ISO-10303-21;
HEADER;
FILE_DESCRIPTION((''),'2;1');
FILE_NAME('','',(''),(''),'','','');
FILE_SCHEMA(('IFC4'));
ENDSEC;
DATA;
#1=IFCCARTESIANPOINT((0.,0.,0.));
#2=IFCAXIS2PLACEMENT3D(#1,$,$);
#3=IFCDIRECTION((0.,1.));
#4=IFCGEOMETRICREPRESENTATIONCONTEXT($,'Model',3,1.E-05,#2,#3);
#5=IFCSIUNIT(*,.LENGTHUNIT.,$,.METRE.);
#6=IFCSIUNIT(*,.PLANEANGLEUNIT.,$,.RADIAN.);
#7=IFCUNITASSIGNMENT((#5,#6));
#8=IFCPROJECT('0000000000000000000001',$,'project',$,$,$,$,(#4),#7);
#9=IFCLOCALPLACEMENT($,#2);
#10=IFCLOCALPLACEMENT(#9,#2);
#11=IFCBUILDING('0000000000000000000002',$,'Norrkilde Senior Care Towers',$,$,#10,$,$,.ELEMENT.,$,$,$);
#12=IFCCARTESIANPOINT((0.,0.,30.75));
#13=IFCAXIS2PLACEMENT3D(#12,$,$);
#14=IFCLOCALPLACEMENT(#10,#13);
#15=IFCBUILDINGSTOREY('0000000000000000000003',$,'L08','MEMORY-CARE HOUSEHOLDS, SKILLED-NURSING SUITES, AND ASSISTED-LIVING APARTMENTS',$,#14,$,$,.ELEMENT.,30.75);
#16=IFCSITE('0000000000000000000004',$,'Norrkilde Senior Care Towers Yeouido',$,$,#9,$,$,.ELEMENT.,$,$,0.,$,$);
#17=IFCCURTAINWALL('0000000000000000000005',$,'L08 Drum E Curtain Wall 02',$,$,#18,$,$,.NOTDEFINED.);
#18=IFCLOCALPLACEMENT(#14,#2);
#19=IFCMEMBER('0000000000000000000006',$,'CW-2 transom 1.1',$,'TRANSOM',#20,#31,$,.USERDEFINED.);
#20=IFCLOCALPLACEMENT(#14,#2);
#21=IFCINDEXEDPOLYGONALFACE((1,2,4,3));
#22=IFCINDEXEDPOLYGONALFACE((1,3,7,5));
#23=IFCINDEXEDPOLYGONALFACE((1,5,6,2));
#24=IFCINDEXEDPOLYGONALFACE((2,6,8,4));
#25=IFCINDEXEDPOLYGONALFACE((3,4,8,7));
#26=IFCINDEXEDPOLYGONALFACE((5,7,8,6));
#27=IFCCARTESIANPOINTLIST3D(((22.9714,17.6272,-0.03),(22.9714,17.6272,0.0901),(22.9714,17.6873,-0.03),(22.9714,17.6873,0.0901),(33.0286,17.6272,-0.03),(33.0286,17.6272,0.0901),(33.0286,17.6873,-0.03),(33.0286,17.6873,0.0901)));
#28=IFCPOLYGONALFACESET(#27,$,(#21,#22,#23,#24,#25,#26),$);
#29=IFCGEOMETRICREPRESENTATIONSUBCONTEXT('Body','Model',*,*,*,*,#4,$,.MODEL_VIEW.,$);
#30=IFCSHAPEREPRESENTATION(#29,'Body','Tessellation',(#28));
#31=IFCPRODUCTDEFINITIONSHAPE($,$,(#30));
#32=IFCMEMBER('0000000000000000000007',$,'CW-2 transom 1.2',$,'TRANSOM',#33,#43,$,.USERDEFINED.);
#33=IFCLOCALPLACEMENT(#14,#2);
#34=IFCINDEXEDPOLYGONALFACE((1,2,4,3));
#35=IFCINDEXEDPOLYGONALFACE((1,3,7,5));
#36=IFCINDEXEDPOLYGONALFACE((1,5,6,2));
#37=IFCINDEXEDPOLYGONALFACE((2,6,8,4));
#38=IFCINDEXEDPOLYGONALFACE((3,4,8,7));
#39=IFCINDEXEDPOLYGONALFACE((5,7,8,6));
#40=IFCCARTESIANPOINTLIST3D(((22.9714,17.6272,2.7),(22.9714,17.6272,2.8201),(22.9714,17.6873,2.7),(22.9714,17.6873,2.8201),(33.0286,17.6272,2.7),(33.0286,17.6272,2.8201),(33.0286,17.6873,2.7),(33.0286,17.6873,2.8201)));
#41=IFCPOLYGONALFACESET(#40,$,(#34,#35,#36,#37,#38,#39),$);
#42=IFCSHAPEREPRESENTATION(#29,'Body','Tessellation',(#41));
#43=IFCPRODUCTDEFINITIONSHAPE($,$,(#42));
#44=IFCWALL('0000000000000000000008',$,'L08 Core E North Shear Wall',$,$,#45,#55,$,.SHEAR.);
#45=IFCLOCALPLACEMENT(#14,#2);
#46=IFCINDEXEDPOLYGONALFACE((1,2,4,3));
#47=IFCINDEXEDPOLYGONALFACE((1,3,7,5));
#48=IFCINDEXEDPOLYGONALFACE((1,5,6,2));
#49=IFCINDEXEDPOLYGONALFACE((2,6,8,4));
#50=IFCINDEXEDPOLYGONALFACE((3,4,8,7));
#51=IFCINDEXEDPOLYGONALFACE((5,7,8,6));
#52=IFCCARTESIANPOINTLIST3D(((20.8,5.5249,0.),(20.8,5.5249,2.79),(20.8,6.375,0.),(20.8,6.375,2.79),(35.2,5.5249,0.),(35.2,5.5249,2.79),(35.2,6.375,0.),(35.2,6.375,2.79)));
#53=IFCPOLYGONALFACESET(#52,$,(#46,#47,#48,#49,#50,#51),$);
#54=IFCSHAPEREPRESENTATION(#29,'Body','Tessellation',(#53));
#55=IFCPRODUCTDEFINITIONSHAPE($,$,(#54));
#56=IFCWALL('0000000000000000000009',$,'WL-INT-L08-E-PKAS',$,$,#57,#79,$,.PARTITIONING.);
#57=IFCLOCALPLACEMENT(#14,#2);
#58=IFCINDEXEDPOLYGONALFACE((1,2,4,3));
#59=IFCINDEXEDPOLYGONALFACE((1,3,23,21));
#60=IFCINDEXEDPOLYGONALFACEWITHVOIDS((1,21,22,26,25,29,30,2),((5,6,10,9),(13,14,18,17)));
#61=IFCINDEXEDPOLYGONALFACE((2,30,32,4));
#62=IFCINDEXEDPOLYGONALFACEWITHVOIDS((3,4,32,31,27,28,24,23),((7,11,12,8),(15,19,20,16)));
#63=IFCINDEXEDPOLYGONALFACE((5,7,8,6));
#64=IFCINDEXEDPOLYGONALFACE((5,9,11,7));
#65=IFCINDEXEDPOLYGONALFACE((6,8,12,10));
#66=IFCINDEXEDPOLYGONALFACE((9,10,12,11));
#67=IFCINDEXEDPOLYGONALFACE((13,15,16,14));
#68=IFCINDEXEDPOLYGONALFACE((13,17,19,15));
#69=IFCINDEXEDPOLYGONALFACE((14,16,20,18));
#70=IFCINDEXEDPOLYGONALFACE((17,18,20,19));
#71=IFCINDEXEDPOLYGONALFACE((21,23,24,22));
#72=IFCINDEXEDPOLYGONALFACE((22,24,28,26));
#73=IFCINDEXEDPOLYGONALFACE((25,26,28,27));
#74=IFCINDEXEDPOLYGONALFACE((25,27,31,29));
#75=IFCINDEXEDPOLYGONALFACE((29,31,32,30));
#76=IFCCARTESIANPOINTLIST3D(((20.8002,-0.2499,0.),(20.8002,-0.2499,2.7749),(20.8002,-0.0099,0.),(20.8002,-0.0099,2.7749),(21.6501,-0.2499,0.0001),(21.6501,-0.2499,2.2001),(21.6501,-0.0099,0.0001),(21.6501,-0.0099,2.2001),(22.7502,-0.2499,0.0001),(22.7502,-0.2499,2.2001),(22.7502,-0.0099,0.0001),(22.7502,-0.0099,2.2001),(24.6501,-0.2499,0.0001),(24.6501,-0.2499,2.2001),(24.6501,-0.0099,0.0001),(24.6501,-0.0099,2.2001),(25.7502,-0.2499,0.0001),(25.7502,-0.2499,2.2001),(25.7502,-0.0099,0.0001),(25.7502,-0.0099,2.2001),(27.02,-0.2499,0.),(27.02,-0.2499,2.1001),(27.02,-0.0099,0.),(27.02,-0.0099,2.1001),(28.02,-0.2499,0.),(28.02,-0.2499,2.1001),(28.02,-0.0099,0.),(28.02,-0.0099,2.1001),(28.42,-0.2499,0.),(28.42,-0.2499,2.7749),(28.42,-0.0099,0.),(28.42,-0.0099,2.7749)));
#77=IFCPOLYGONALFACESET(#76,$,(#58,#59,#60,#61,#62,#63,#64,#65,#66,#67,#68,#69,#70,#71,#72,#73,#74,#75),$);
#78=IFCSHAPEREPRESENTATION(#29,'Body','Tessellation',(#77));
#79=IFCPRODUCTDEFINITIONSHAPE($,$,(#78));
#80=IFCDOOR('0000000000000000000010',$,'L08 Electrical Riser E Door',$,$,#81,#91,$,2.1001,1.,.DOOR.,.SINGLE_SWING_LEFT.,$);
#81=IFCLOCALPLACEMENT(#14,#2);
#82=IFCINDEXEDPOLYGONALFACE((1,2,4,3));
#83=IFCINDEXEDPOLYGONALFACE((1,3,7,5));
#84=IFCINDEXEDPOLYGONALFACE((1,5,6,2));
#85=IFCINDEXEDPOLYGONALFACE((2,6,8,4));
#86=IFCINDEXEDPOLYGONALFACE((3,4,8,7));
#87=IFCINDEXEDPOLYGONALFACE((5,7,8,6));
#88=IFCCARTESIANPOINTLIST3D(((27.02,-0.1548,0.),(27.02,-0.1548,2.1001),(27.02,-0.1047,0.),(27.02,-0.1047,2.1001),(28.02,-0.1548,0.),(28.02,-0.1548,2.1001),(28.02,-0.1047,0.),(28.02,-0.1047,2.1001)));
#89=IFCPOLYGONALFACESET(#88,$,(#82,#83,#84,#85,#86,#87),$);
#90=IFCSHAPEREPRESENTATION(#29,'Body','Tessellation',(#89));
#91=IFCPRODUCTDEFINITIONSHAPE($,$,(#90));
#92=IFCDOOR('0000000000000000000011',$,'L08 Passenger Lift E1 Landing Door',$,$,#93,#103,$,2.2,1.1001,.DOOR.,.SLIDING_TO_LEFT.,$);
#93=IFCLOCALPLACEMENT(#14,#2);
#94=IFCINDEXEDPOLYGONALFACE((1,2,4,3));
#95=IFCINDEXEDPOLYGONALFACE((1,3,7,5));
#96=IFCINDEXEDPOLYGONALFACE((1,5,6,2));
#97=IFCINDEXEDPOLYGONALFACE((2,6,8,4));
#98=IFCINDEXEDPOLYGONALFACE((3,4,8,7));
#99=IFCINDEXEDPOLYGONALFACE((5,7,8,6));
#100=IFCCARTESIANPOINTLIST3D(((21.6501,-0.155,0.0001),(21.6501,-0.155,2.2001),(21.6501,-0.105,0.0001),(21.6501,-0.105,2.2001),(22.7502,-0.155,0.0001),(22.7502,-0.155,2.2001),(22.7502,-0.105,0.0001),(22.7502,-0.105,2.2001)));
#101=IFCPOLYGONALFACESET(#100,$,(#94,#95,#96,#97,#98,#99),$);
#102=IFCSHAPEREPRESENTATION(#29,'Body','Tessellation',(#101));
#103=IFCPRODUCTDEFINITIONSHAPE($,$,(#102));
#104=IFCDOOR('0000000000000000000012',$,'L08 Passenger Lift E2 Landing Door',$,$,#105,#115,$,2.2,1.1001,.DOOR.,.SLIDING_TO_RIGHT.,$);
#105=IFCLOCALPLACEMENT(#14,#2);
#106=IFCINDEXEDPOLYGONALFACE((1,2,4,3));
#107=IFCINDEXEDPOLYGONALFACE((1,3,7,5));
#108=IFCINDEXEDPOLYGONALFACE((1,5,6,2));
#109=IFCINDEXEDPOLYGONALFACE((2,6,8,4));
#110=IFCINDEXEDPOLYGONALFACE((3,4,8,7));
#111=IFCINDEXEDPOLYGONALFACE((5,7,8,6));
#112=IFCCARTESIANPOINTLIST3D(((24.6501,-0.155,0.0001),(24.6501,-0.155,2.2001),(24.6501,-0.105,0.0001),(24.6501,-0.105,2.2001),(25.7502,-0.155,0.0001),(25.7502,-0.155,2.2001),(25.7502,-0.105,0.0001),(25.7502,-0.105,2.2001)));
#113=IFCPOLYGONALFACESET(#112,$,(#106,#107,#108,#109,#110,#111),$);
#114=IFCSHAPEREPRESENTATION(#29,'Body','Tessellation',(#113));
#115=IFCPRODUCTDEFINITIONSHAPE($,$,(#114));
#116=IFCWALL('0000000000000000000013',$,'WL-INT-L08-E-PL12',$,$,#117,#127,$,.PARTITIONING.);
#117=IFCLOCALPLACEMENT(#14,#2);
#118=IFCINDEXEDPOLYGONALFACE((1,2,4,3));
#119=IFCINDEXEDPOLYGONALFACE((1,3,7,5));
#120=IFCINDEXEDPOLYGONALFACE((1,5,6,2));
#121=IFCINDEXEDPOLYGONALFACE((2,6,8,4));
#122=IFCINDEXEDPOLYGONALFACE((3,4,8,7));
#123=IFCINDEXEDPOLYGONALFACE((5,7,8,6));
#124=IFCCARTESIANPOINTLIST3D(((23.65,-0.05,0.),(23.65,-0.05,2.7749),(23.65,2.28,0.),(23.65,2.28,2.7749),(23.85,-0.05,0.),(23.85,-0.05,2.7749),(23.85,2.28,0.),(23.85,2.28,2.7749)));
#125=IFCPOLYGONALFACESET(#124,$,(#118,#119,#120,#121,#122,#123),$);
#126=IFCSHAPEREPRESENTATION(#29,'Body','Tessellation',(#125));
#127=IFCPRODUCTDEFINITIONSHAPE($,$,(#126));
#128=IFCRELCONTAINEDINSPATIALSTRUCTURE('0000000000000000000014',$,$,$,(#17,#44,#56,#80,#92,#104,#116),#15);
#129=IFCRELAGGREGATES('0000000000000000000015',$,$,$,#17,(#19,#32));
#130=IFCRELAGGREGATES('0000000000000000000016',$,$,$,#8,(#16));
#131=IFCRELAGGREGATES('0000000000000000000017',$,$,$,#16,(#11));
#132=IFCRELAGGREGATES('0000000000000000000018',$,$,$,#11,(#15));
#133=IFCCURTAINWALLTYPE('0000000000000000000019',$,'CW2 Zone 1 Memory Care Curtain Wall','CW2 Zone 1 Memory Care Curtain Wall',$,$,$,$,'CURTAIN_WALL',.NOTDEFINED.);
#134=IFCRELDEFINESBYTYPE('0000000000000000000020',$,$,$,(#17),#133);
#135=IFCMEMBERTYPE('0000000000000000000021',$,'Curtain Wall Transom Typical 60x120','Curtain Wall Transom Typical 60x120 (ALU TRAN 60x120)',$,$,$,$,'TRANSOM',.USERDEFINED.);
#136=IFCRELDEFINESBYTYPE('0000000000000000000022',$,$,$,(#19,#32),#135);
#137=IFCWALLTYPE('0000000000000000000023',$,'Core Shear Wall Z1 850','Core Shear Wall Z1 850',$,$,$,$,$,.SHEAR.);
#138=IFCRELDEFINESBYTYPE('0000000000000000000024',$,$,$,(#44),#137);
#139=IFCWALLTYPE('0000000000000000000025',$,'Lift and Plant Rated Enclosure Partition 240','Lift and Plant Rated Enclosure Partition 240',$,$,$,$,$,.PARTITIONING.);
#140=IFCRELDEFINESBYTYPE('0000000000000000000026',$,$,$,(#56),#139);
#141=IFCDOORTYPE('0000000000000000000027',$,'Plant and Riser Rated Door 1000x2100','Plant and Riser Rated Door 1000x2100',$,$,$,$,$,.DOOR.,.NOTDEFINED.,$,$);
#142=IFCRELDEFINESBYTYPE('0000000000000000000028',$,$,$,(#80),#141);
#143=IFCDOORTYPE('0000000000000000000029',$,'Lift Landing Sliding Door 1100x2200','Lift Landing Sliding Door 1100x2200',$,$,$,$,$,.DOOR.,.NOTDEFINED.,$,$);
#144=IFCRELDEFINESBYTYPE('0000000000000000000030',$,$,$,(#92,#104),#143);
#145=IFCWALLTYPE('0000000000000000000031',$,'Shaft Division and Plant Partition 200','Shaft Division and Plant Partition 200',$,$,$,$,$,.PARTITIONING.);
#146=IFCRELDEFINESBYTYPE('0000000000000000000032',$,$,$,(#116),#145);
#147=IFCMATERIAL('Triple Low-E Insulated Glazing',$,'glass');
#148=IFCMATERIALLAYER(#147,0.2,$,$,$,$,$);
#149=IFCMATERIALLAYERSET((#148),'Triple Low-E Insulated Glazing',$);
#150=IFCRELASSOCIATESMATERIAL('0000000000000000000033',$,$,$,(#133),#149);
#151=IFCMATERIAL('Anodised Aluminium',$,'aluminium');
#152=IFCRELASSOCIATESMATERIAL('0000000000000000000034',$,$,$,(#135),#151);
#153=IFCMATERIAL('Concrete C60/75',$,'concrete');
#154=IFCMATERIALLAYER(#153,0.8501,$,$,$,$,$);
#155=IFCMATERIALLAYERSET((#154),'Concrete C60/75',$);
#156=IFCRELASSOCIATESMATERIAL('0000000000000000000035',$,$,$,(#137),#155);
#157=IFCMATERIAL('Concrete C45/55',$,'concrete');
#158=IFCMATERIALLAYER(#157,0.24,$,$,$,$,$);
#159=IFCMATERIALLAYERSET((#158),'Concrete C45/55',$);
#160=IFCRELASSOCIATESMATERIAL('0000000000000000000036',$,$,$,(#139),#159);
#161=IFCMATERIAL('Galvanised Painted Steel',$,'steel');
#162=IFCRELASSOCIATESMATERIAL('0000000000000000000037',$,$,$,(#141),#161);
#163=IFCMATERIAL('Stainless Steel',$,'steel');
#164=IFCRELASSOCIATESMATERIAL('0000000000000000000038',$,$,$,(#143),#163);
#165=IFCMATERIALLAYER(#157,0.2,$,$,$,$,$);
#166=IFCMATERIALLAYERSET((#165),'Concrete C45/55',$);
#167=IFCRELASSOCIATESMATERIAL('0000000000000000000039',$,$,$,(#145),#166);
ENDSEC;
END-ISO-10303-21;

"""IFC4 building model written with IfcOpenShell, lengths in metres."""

from ifc_helpers import new_model, si_unit, direction, frame, frame_2d, origin, origin_2d, place, context, subcontext, project, spatial, rectangle, extrude, source, transform, mapped, material, layer, layer_set, material_profile, profile_set, type_object, type_shapes, element, fill, aggregate, save


model = new_model("IFC4")

# Units and contexts
model_context = context("Model", 3, precision=1e-05, world=origin(), true_north=direction((0.0, 1.0)))
body_context = subcontext(model_context, "Body", "Model", "MODEL_VIEW")
ifc_project = project(units=[si_unit("LENGTHUNIT", "METRE"), si_unit("PLANEANGLEUNIT", "RADIAN")], contexts=[model_context])

# Site, building, storey
site_placement = place(None, origin())
site = spatial("IfcSite", under=ifc_project, at=site_placement, Name="Norrkilde Senior Care Towers Yeouido", CompositionType="ELEMENT", RefElevation=0.0)
building_placement = place(site_placement, origin())
building = spatial("IfcBuilding", under=site, at=building_placement, Name="Norrkilde Senior Care Towers", CompositionType="ELEMENT")
storey_placement = place(building_placement, frame((0.0, 0.0, 30.75)))
storey = spatial("IfcBuildingStorey", under=building, at=storey_placement, Name="L08", Description="MEMORY-CARE HOUSEHOLDS, SKILLED-NURSING SUITES, AND ASSISTED-LIVING APARTMENTS", CompositionType="ELEMENT", Elevation=30.75)

# Shared definitions
ifc_material_1 = material(Name="Concrete C60/75", Category="concrete")

# Curtain wall
ifc_material_2 = material(Name="Triple Low-E Insulated Glazing", Category="glass")
ifc_layer_1 = layer(ifc_material_2, 0.2)
ifc_layer_set_1 = layer_set([ifc_layer_1], Name="Triple Low-E Insulated Glazing")
curtain_wall_type = type_object("IfcCurtainWallType", Name="CW2 Zone 1 Memory Care Curtain Wall", Description="CW2 Zone 1 Memory Care Curtain Wall", ElementType="CURTAIN_WALL", PredefinedType="NOTDEFINED", material=ifc_layer_set_1)
curtain_wall_1_placement = place(storey_placement, origin())
curtain_wall_1 = element("IfcCurtainWall", 1, at=curtain_wall_1_placement, inside=storey, type_object=curtain_wall_type, Name="L08 Drum E Curtain Wall 02", PredefinedType="NOTDEFINED")
ifc_material_3 = material(Name="Anodised Aluminium", Category="aluminium")

# Members
ifc_material_profile_1 = material_profile(ifc_material_3, rectangle(XDim=0.0601, YDim=0.1201, at=origin_2d()), Name="ALU TRAN 60x120")
ifc_profile_set_1 = profile_set([ifc_material_profile_1], Name="Anodised Aluminium")
member_type_1 = type_object("IfcMemberType", Name="Curtain Wall Transom Typical 60x120", Description="Curtain Wall Transom Typical 60x120 (ALU TRAN 60x120)", ElementType="TRANSOM", PredefinedType="USERDEFINED", material=ifc_profile_set_1)
shared_shape_1 = source(origin(), body_context, "Body", "SweptSolid", [
    extrude(rectangle(XDim=0.0601, YDim=0.1201, at=origin_2d()), origin(), (0.0, 0.0, 1.0), 10.0571),
])
type_shapes(member_type_1, [shared_shape_1])
member_1_placement = place(storey_placement, frame((22.9714, 17.6572, 0.03), z_axis=(1.0, 0.0, 0.0), x_axis=(0.0, 1.0, 0.0)))
member_1 = element("IfcMember", 2, at=member_1_placement, type_object=member_type_1, Name="CW-2 transom 1.1", ObjectType="TRANSOM", PredefinedType="USERDEFINED", context=body_context, shape_type="MappedRepresentation", body=[
    mapped(shared_shape_1, transform((0.0, 0.0, 0.0), x_axis=(1.0, 0.0, 0.0), y_axis=(0.0, 1.0, 0.0), z_axis=(0.0, 0.0, 1.0), scale=1.0)),
])
member_2_placement = place(storey_placement, frame((22.9714, 17.6572, 2.76), z_axis=(1.0, 0.0, 0.0), x_axis=(0.0, 1.0, 0.0)))
member_2 = element("IfcMember", 3, at=member_2_placement, type_object=member_type_1, Name="CW-2 transom 1.2", ObjectType="TRANSOM", PredefinedType="USERDEFINED", context=body_context, shape_type="MappedRepresentation", body=[
    mapped(shared_shape_1, transform((0.0, 0.0, 0.0), x_axis=(1.0, 0.0, 0.0), y_axis=(0.0, 1.0, 0.0), z_axis=(0.0, 0.0, 1.0), scale=1.0)),
])
aggregate(curtain_wall_1, [member_1, member_2])

# Wall
ifc_layer_2 = layer(ifc_material_1, 0.8501)
ifc_layer_set_2 = layer_set([ifc_layer_2], Name="Concrete C60/75")
wall_type_1 = type_object("IfcWallType", Name="Core Shear Wall Z1 850", Description="Core Shear Wall Z1 850", PredefinedType="SHEAR", material=ifc_layer_set_2)
shared_shape_2 = source(origin(), body_context, "Body", "SweptSolid", [
    extrude(rectangle(XDim=14.3999, YDim=0.8501, at=frame_2d((7.2, 0.0))), origin(), (0.0, 0.0, 1.0), 2.79),
])
type_shapes(wall_type_1, [shared_shape_2])
wall_1_placement = place(storey_placement, frame((20.8, 5.95, 0.0), z_axis=(0.0, 0.0, 1.0), x_axis=(1.0, 0.0, 0.0)))
element("IfcWall", 4, at=wall_1_placement, inside=storey, type_object=wall_type_1, Name="L08 Core E North Shear Wall", PredefinedType="SHEAR", context=body_context, shape_type="MappedRepresentation", body=[
    mapped(shared_shape_2, transform((0.0, 0.0, 0.0), x_axis=(1.0, 0.0, 0.0), y_axis=(0.0, 1.0, 0.0), z_axis=(0.0, 0.0, 1.0), scale=1.0)),
])

# Wall, openings, doors
ifc_material_4 = material(Name="Concrete C45/55", Category="concrete")
ifc_layer_3 = layer(ifc_material_4, 0.24)
ifc_layer_set_3 = layer_set([ifc_layer_3], Name="Concrete C45/55")
wall_type_2 = type_object("IfcWallType", Name="Lift and Plant Rated Enclosure Partition 240", Description="Lift and Plant Rated Enclosure Partition 240", PredefinedType="PARTITIONING", material=ifc_layer_set_3)
shared_shape_3 = source(origin(), body_context, "Body", "SweptSolid", [
    extrude(rectangle(XDim=7.6199, YDim=0.24, at=frame_2d((3.8101, 0.0))), origin(), (0.0, 0.0, 1.0), 2.7749),
])
type_shapes(wall_type_2, [shared_shape_3])
wall_2_placement = place(storey_placement, frame((20.8, -0.1299, 0.0), z_axis=(0.0, 0.0, 1.0), x_axis=(1.0, 0.0, 0.0)))
wall_2 = element("IfcWall", 5, at=wall_2_placement, inside=storey, type_object=wall_type_2, Name="WL-INT-L08-E-PKAS", PredefinedType="PARTITIONING", context=body_context, shape_type="MappedRepresentation", body=[
    mapped(shared_shape_3, transform((0.0, 0.0, 0.0), x_axis=(1.0, 0.0, 0.0), y_axis=(0.0, 1.0, 0.0), z_axis=(0.0, 0.0, 1.0), scale=1.0)),
])
opening_1_placement = place(wall_2_placement, frame((6.22, 0.0, 0.0)))
opening_1 = element("IfcOpeningElement", 6, at=opening_1_placement, cuts=wall_2, PredefinedType="OPENING", context=body_context, shape_type="SweptSolid", body=[
    extrude(rectangle(XDim=1.0, YDim=2.1001, at=frame_2d((0.5, 1.05))), frame((0.0, 0.1299, 0.0), z_axis=(0.0, -1.0, 0.0), x_axis=(1.0, 0.0, 0.0)), (0.0, 0.0, 1.0), 0.26),
])
opening_2_placement = place(wall_2_placement, frame((0.8501, 0.0, 0.0)))
opening_2 = element("IfcOpeningElement", 7, at=opening_2_placement, cuts=wall_2, PredefinedType="OPENING", context=body_context, shape_type="SweptSolid", body=[
    extrude(rectangle(XDim=1.1001, YDim=2.2, at=frame_2d((0.55, 1.1001))), frame((0.0, 0.1299, 0.0), z_axis=(0.0, -1.0, 0.0), x_axis=(1.0, 0.0, 0.0)), (0.0, 0.0, 1.0), 0.26),
])
opening_3_placement = place(wall_2_placement, frame((3.8501, 0.0, 0.0)))
opening_3 = element("IfcOpeningElement", 8, at=opening_3_placement, cuts=wall_2, PredefinedType="OPENING", context=body_context, shape_type="SweptSolid", body=[
    extrude(rectangle(XDim=1.1001, YDim=2.2, at=frame_2d((0.55, 1.1001))), frame((0.0, 0.1299, 0.0), z_axis=(0.0, -1.0, 0.0), x_axis=(1.0, 0.0, 0.0)), (0.0, 0.0, 1.0), 0.26),
])
ifc_material_5 = material(Name="Galvanised Painted Steel", Category="steel")
door_type_1 = type_object("IfcDoorType", Name="Plant and Riser Rated Door 1000x2100", Description="Plant and Riser Rated Door 1000x2100", OperationType="NOTDEFINED", PredefinedType="DOOR", material=ifc_material_5)
shared_shape_4 = source(origin(), body_context, "Body", "SweptSolid", [
    extrude(rectangle(XDim=1.0, YDim=2.1001, at=frame_2d((0.5, 1.05))), frame((0.0, 0.0249, 0.0), z_axis=(0.0, -1.0, 0.0), x_axis=(1.0, 0.0, 0.0)), (0.0, 0.0, 1.0), 0.05),
])
type_shapes(door_type_1, [shared_shape_4])
door_1_placement = place(opening_1_placement, frame((1.0, 0.0, 0.0), z_axis=(0.0, 0.0, 1.0), x_axis=(-1.0, 0.0, 0.0)))
door_1 = element("IfcDoor", 9, at=door_1_placement, inside=storey, type_object=door_type_1, Name="L08 Electrical Riser E Door", OperationType="SINGLE_SWING_LEFT", OverallHeight=2.1001, OverallWidth=1.0, PredefinedType="DOOR", context=body_context, shape_type="MappedRepresentation", body=[
    mapped(shared_shape_4, transform((0.0, 0.0, 0.0), x_axis=(1.0, 0.0, 0.0), y_axis=(0.0, 1.0, 0.0), z_axis=(0.0, 0.0, 1.0), scale=1.0)),
])
fill(opening_1, door_1)
ifc_material_6 = material(Name="Stainless Steel", Category="steel")
door_type_2 = type_object("IfcDoorType", Name="Lift Landing Sliding Door 1100x2200", Description="Lift Landing Sliding Door 1100x2200", OperationType="NOTDEFINED", PredefinedType="DOOR", material=ifc_material_6)
shared_shape_5 = source(origin(), body_context, "Body", "SweptSolid", [
    extrude(rectangle(XDim=1.1001, YDim=2.2, at=frame_2d((0.55, 1.1001))), frame((0.0, 0.0249, 0.0), z_axis=(0.0, -1.0, 0.0), x_axis=(1.0, 0.0, 0.0)), (0.0, 0.0, 1.0), 0.05),
])
type_shapes(door_type_2, [shared_shape_5])
door_2_placement = place(opening_2_placement, origin())
door_2 = element("IfcDoor", 10, at=door_2_placement, inside=storey, type_object=door_type_2, Name="L08 Passenger Lift E1 Landing Door", OperationType="SLIDING_TO_LEFT", OverallHeight=2.2, OverallWidth=1.1001, PredefinedType="DOOR", context=body_context, shape_type="MappedRepresentation", body=[
    mapped(shared_shape_5, transform((0.0, 0.0, 0.0), x_axis=(1.0, 0.0, 0.0), y_axis=(0.0, 1.0, 0.0), z_axis=(0.0, 0.0, 1.0), scale=1.0)),
])
fill(opening_2, door_2)
door_3_placement = place(opening_3_placement, origin())
door_3 = element("IfcDoor", 11, at=door_3_placement, inside=storey, type_object=door_type_2, Name="L08 Passenger Lift E2 Landing Door", OperationType="SLIDING_TO_RIGHT", OverallHeight=2.2, OverallWidth=1.1001, PredefinedType="DOOR", context=body_context, shape_type="MappedRepresentation", body=[
    mapped(shared_shape_5, transform((0.0, 0.0, 0.0), x_axis=(1.0, 0.0, 0.0), y_axis=(0.0, 1.0, 0.0), z_axis=(0.0, 0.0, 1.0), scale=1.0)),
])
fill(opening_3, door_3)

# Wall
ifc_layer_4 = layer(ifc_material_4, 0.2)
ifc_layer_set_4 = layer_set([ifc_layer_4], Name="Concrete C45/55")
wall_type_3 = type_object("IfcWallType", Name="Shaft Division and Plant Partition 200", Description="Shaft Division and Plant Partition 200", PredefinedType="PARTITIONING", material=ifc_layer_set_4)
shared_shape_6 = source(origin(), body_context, "Body", "SweptSolid", [
    extrude(rectangle(XDim=2.3301, YDim=0.2, at=frame_2d((1.165, 0.0))), origin(), (0.0, 0.0, 1.0), 2.7749),
])
type_shapes(wall_type_3, [shared_shape_6])
wall_3_placement = place(storey_placement, frame((23.75, -0.05, 0.0), z_axis=(0.0, 0.0, 1.0), x_axis=(0.0, 1.0, 0.0)))
element("IfcWall", 12, at=wall_3_placement, inside=storey, type_object=wall_type_3, Name="WL-INT-L08-E-PL12", PredefinedType="PARTITIONING", context=body_context, shape_type="MappedRepresentation", body=[
    mapped(shared_shape_6, transform((0.0, 0.0, 0.0), x_axis=(1.0, 0.0, 0.0), y_axis=(0.0, 1.0, 0.0), z_axis=(0.0, 0.0, 1.0), scale=1.0)),
])

save(model, "model.ifc")
